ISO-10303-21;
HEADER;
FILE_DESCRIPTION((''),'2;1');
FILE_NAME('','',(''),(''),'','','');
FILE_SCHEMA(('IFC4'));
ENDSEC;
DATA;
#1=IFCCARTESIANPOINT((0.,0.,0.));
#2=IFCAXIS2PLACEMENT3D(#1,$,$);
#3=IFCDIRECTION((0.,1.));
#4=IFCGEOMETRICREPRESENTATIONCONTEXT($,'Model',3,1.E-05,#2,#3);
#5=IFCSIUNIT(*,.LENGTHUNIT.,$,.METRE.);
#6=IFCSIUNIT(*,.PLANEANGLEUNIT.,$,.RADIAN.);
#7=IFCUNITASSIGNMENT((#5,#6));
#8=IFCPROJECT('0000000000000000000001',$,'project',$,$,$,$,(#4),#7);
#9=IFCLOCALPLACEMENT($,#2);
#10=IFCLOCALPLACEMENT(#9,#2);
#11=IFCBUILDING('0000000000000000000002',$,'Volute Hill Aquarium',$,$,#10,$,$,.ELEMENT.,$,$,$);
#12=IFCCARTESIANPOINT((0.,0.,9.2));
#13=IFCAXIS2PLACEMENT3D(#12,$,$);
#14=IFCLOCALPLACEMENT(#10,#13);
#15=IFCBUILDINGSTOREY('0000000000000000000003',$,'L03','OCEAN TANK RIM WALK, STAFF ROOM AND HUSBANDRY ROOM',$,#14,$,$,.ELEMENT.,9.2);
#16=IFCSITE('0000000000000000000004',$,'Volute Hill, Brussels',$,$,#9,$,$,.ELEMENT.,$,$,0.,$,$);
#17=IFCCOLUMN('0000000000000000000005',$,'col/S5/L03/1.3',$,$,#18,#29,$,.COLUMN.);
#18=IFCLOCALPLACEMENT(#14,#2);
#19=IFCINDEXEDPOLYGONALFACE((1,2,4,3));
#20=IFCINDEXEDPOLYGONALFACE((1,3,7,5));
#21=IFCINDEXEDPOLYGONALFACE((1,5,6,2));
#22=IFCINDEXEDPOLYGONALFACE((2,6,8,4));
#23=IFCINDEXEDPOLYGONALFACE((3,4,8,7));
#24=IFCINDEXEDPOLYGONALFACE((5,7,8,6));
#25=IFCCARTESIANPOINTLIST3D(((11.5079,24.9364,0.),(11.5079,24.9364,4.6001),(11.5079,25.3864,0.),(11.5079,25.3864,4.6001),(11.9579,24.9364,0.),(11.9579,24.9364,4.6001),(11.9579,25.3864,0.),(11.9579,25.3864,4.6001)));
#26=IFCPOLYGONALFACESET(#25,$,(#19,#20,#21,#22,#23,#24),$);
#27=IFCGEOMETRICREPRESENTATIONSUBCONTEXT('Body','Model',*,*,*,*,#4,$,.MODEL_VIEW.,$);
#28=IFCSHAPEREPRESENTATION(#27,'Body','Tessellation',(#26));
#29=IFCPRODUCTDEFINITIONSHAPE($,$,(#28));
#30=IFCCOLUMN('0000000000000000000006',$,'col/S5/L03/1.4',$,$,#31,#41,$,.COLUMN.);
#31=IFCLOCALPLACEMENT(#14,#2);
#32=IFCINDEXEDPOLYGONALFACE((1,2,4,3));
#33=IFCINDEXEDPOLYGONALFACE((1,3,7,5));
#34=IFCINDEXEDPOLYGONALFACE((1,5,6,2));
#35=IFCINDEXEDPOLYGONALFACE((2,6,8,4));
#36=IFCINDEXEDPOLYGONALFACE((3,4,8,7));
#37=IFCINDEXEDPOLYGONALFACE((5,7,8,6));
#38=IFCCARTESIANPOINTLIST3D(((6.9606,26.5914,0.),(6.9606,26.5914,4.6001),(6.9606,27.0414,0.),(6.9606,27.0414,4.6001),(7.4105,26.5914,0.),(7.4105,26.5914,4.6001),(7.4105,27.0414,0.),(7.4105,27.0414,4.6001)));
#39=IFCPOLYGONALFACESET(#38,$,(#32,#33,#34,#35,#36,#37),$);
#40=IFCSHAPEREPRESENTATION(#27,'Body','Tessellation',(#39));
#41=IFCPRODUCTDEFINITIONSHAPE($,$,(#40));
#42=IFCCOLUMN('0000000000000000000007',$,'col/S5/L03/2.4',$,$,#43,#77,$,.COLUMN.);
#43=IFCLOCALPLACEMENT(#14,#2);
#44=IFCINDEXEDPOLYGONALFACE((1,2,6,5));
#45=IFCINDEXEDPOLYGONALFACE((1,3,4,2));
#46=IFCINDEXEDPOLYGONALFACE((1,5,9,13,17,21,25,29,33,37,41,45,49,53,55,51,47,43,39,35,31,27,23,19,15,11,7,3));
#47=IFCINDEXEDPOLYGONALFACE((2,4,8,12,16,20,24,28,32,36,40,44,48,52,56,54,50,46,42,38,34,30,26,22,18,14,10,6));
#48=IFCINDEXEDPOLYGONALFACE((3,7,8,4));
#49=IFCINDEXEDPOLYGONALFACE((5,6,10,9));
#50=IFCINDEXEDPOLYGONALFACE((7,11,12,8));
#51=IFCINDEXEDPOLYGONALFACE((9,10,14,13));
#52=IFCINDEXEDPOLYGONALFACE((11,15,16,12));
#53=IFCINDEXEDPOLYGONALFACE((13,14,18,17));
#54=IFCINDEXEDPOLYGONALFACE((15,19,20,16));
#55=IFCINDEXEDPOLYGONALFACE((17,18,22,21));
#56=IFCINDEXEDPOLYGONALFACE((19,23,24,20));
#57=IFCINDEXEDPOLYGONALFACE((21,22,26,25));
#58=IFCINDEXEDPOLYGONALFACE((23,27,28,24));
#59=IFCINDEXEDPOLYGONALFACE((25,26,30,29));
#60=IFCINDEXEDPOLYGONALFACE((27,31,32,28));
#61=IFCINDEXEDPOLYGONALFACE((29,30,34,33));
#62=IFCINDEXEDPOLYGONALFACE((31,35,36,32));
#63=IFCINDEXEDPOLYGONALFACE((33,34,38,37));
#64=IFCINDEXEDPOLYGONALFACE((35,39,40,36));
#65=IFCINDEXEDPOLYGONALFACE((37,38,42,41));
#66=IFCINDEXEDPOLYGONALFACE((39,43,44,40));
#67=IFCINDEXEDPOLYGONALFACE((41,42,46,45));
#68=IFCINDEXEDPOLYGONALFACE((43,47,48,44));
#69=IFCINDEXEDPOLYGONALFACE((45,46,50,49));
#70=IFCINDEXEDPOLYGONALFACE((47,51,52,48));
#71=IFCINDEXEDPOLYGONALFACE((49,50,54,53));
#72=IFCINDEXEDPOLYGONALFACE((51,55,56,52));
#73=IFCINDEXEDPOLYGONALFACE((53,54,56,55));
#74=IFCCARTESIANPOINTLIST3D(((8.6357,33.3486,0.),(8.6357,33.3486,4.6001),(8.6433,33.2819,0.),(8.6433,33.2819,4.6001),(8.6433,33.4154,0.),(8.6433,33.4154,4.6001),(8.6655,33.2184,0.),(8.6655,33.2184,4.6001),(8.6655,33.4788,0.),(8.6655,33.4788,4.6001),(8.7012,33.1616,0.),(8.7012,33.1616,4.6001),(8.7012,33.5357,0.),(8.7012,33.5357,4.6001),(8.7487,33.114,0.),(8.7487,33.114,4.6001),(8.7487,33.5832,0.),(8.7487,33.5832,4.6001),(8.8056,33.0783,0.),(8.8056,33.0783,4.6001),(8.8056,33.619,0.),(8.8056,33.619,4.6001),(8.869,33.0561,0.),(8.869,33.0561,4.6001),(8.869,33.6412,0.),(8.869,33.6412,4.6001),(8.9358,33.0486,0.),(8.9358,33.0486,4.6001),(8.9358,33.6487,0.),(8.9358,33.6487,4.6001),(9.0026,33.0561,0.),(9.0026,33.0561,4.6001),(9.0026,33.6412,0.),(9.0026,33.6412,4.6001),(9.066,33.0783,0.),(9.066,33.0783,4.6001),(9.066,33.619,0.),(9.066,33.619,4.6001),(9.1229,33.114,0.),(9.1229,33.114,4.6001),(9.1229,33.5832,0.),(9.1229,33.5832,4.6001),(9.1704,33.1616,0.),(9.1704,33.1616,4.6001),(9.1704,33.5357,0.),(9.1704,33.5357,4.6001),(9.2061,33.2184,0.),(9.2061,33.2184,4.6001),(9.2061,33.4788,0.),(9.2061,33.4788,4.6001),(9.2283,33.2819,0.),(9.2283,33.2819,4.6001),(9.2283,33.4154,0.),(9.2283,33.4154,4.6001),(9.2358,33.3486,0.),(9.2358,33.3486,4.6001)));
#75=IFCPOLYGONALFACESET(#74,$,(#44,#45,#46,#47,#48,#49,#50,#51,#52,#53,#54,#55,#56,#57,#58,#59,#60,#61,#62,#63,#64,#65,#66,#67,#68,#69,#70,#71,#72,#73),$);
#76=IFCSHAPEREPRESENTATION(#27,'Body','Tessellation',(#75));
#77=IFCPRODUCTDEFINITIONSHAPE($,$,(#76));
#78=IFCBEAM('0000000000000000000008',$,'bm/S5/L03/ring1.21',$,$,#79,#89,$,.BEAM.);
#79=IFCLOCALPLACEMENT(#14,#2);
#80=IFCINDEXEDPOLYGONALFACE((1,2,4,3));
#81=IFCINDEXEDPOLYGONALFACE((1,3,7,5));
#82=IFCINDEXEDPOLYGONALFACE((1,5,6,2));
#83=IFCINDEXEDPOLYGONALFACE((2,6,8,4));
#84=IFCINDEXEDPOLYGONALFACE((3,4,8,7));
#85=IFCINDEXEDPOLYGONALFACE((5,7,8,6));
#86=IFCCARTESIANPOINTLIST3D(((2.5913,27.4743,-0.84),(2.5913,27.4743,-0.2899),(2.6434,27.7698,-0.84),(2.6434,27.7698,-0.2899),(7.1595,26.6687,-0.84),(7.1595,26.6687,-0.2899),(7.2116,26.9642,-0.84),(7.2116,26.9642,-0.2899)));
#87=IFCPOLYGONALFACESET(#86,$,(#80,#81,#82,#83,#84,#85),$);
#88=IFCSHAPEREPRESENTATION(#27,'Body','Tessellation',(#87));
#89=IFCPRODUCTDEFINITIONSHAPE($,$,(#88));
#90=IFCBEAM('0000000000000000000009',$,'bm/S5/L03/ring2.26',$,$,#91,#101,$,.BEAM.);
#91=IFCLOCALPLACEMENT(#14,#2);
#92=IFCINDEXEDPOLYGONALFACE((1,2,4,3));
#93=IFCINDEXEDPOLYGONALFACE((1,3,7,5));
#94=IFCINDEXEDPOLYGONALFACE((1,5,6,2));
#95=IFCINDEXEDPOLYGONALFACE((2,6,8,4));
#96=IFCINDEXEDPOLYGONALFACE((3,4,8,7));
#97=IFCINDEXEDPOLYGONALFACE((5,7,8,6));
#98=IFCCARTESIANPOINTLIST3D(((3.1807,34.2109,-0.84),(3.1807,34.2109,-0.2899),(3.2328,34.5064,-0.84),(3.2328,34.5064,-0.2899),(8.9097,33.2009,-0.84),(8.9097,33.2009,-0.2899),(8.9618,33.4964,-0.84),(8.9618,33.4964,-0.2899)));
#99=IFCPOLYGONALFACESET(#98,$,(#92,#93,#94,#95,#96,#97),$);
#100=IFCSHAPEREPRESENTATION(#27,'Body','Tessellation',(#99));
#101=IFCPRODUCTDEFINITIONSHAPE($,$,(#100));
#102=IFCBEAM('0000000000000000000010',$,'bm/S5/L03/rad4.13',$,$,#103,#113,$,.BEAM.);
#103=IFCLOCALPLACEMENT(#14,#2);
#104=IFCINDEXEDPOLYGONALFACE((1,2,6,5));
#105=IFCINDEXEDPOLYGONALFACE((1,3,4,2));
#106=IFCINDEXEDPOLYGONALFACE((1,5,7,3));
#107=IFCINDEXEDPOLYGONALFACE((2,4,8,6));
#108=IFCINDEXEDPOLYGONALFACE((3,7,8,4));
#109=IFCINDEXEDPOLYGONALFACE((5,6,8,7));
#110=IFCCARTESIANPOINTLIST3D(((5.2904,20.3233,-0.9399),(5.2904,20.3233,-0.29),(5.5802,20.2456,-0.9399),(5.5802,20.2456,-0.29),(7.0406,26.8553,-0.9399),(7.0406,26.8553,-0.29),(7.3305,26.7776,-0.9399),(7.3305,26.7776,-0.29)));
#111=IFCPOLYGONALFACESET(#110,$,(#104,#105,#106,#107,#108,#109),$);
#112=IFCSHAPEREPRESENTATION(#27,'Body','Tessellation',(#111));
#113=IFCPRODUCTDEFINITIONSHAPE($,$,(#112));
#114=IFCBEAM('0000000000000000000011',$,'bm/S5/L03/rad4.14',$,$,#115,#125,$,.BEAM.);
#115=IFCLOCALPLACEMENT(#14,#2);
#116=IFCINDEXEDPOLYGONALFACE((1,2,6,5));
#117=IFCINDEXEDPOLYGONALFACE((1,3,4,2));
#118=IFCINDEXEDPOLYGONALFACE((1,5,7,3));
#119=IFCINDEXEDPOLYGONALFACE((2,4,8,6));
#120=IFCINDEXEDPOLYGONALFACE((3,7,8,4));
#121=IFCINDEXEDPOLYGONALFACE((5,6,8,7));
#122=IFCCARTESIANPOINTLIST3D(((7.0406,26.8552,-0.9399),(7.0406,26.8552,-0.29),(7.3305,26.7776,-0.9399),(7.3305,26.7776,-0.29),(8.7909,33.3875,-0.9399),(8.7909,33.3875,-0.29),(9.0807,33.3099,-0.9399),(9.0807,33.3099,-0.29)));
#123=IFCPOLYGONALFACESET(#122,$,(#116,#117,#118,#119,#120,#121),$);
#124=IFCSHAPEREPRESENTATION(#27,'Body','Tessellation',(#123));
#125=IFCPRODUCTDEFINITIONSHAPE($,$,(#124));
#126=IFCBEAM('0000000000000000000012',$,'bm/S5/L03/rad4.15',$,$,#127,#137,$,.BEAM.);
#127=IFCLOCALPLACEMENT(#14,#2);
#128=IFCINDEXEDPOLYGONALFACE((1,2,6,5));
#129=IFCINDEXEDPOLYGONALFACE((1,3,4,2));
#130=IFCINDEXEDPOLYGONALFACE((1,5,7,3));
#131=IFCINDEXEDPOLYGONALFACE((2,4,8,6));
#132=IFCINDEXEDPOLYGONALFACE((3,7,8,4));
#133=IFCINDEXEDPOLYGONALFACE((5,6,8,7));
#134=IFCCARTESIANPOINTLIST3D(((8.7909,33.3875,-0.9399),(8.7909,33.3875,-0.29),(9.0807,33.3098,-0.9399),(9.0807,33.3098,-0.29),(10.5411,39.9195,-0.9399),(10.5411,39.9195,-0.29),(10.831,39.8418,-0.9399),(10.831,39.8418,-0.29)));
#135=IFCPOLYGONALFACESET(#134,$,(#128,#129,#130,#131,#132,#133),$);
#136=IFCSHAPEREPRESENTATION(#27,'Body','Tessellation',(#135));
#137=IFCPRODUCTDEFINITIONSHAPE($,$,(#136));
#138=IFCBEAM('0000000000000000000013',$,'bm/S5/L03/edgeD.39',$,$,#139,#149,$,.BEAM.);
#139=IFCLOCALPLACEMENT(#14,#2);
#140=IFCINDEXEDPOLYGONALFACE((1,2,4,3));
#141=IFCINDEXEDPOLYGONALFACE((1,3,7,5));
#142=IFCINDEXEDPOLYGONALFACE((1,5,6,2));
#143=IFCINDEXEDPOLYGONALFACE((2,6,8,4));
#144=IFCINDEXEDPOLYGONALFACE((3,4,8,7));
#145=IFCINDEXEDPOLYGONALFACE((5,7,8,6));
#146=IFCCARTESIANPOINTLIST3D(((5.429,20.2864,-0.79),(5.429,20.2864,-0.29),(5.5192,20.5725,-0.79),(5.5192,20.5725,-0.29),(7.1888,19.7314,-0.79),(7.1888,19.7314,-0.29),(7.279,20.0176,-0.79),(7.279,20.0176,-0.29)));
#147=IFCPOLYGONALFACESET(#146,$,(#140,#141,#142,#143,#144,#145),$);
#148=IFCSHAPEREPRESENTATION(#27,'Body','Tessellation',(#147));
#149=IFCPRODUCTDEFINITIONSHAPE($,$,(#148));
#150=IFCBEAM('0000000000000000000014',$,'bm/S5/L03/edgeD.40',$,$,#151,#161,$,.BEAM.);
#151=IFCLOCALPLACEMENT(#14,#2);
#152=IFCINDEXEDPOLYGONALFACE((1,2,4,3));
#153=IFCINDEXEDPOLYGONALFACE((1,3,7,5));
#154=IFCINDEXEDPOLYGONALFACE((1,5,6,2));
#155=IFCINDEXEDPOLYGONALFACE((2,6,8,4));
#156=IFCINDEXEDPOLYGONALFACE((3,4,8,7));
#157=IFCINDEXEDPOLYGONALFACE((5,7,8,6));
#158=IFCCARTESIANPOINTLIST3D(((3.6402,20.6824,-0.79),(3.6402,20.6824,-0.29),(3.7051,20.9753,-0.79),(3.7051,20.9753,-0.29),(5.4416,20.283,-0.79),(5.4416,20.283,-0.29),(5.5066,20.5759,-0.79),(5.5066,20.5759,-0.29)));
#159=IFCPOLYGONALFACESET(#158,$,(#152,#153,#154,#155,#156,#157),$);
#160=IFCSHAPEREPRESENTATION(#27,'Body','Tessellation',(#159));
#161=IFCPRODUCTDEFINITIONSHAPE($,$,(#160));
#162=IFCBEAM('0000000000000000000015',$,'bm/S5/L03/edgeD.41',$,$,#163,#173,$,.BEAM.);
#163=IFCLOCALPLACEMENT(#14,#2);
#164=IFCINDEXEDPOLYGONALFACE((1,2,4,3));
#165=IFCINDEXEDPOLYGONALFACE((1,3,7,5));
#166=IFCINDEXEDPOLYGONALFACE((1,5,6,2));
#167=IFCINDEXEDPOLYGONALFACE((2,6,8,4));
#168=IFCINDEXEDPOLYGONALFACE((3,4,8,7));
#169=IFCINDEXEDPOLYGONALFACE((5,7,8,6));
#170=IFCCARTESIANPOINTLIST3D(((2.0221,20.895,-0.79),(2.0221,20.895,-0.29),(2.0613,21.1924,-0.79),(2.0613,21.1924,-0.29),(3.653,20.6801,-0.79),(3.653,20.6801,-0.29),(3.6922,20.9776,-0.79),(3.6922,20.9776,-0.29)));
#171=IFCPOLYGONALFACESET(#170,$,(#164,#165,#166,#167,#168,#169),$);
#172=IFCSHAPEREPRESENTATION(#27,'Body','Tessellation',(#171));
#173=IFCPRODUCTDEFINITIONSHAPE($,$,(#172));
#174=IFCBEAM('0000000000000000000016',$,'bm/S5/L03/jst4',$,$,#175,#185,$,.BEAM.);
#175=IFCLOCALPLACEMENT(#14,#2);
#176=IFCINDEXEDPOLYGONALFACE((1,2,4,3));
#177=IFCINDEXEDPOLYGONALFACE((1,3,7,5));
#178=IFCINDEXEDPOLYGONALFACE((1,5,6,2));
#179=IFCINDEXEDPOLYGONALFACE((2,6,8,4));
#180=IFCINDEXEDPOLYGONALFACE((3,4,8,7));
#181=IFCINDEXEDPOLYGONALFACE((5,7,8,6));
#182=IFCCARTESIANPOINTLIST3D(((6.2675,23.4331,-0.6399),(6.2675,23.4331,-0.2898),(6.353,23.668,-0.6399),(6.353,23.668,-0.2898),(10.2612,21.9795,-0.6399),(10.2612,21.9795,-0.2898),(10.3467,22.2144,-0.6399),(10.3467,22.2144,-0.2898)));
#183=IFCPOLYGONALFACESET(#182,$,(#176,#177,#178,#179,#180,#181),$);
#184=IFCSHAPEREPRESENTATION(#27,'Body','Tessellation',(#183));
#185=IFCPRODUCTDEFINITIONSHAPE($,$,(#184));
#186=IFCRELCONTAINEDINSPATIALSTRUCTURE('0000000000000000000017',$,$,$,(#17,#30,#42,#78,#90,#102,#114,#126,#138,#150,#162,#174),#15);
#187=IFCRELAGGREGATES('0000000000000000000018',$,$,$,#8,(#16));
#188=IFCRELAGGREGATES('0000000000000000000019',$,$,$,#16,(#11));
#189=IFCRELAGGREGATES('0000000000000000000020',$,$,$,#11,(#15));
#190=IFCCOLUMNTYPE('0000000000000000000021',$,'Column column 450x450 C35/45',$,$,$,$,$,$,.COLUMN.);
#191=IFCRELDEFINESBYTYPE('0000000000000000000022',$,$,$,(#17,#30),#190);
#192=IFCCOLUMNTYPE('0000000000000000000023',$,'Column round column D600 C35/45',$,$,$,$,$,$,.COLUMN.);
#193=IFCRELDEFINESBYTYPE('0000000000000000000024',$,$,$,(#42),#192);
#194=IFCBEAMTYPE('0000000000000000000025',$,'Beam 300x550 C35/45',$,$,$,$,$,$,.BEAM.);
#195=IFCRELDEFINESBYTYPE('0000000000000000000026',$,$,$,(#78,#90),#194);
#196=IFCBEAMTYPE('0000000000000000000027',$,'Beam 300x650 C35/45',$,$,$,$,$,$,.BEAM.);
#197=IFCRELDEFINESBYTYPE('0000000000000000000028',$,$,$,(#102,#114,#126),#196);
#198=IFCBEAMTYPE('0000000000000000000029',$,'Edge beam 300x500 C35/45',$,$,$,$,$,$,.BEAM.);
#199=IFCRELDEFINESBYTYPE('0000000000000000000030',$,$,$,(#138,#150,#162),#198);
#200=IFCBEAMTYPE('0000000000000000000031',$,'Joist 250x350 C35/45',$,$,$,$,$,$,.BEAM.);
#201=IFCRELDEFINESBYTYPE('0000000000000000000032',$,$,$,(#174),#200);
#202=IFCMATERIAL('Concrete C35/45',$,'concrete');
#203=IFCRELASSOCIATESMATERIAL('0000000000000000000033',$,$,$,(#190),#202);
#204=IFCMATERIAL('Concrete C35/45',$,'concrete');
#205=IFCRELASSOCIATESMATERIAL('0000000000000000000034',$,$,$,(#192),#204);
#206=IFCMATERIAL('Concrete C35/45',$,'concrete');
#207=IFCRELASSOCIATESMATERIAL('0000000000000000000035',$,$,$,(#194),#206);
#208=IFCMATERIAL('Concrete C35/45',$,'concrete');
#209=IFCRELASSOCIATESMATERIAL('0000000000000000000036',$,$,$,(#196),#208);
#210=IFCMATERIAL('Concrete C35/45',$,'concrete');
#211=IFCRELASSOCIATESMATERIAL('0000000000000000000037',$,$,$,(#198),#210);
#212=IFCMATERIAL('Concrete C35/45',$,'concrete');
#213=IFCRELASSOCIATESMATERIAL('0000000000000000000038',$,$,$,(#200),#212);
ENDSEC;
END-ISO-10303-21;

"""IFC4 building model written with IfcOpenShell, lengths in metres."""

from ifc_helpers import new_model, si_unit, direction, frame, origin, origin_2d, place, context, subcontext, project, spatial, rectangle, circle, extrude, material, material_profile, profile_set, type_object, element, save


model = new_model("IFC4")

# Units and contexts
model_context = context("Model", 3, precision=1e-05, world=origin(), true_north=direction((0.0, 1.0)))
body_context = subcontext(model_context, "Body", "Model", "MODEL_VIEW")
ifc_project = project(units=[si_unit("LENGTHUNIT", "METRE"), si_unit("PLANEANGLEUNIT", "RADIAN")], contexts=[model_context])

# Site, building, storey
site_placement = place(None, origin())
site = spatial("IfcSite", under=ifc_project, at=site_placement, Name="Volute Hill, Brussels", CompositionType="ELEMENT", RefElevation=0.0)
building_placement = place(site_placement, origin())
building = spatial("IfcBuilding", under=site, at=building_placement, Name="Volute Hill Aquarium", CompositionType="ELEMENT")
storey_placement = place(building_placement, frame((0.0, 0.0, 9.2)))
storey = spatial("IfcBuildingStorey", under=building, at=storey_placement, Name="L03", Description="OCEAN TANK RIM WALK, STAFF ROOM AND HUSBANDRY ROOM", CompositionType="ELEMENT", Elevation=9.2)

# Columns
ifc_material_1 = material(Name="Concrete C35/45", Category="concrete")
ifc_material_profile_1 = material_profile(ifc_material_1, rectangle(XDim=0.45, YDim=0.45, at=origin_2d()), Name="RC column 450x450")
ifc_profile_set_1 = profile_set([ifc_material_profile_1], Name="Concrete C35/45")
column_type_1 = type_object("IfcColumnType", Name="Column column 450x450 C35/45", PredefinedType="COLUMN", material=ifc_profile_set_1)
for number, where, z_axis, x_axis, name in (
    (1, (11.7329, 25.1614, 0.0), (0.0, 0.0, 1.0), (1.0, 0.0, 0.0), "col/S5/L03/1.3"),
    (2, (7.1855, 26.8164, 0.0), (0.0, 0.0, 1.0), (1.0, 0.0, 0.0), "col/S5/L03/1.4"),
):
    element("IfcColumn", number, at=place(storey_placement, frame(where, z_axis=z_axis, x_axis=x_axis)), inside=storey, type_object=column_type_1, Name=name, PredefinedType="COLUMN", context=body_context, shape_type="SweptSolid", body=[
        extrude(rectangle(XDim=0.45, YDim=0.45, at=origin_2d()), origin(), (0.0, 0.0, 1.0), 4.6001),
    ])
ifc_material_2 = material(Name="Concrete C35/45", Category="concrete")
ifc_material_profile_2 = material_profile(ifc_material_2, circle(Radius=0.3, at=origin_2d()), Name="RC round column D600")
ifc_profile_set_2 = profile_set([ifc_material_profile_2], Name="Concrete C35/45")
column_type_2 = type_object("IfcColumnType", Name="Column round column D600 C35/45", PredefinedType="COLUMN", material=ifc_profile_set_2)
column_placement = place(storey_placement, frame((8.9358, 33.3486, 0.0), z_axis=(0.0, 0.0, 1.0), x_axis=(1.0, 0.0, 0.0)))
element("IfcColumn", 3, at=column_placement, inside=storey, type_object=column_type_2, Name="col/S5/L03/2.4", PredefinedType="COLUMN", context=body_context, shape_type="SweptSolid", body=[
    extrude(circle(Radius=0.3, at=origin_2d()), origin(), (0.0, 0.0, 1.0), 4.6001),
])

# Beams
ifc_material_3 = material(Name="Concrete C35/45", Category="concrete")
ifc_material_profile_3 = material_profile(ifc_material_3, rectangle(XDim=0.3, YDim=0.55, at=origin_2d()), Name="RC beam 300x550")
ifc_profile_set_3 = profile_set([ifc_material_profile_3], Name="Concrete C35/45")
beam_type_1 = type_object("IfcBeamType", Name="Beam 300x550 C35/45", PredefinedType="BEAM", material=ifc_profile_set_3)
beam_1_placement = place(storey_placement, frame((7.1855, 26.8164, -0.5649), z_axis=(-0.984801, 0.173686, 0.0), x_axis=(-0.173686, -0.984801, 0.0)))
element("IfcBeam", 4, at=beam_1_placement, inside=storey, type_object=beam_type_1, Name="bm/S5/L03/ring1.21", PredefinedType="BEAM", context=body_context, shape_type="SweptSolid", body=[
    extrude(rectangle(XDim=0.3, YDim=0.55, at=origin_2d()), origin(), (0.0, 0.0, 1.0), 4.6387),
])
beam_2_placement = place(storey_placement, frame((8.9358, 33.3486, -0.5649), z_axis=(-0.984813, 0.17362, 0.0), x_axis=(-0.17362, -0.984813, 0.0)))
element("IfcBeam", 5, at=beam_2_placement, inside=storey, type_object=beam_type_1, Name="bm/S5/L03/ring2.26", PredefinedType="BEAM", context=body_context, shape_type="SweptSolid", body=[
    extrude(rectangle(XDim=0.3, YDim=0.55, at=origin_2d()), origin(), (0.0, 0.0, 1.0), 5.8174),
])
ifc_material_4 = material(Name="Concrete C35/45", Category="concrete")
ifc_material_profile_4 = material_profile(ifc_material_4, rectangle(XDim=0.3, YDim=0.6499, at=origin_2d()), Name="RC beam 300x650")
ifc_profile_set_4 = profile_set([ifc_material_profile_4], Name="Concrete C35/45")
beam_type_2 = type_object("IfcBeamType", Name="Beam 300x650 C35/45", PredefinedType="BEAM", material=ifc_profile_set_4)
beam_3_placement = place(storey_placement, frame((5.4353, 20.2844, -0.615), z_axis=(0.25882, 0.965926, 0.0), x_axis=(-0.965926, 0.25882, 0.0)))
element("IfcBeam", 6, at=beam_3_placement, inside=storey, type_object=beam_type_2, Name="bm/S5/L03/rad4.13", PredefinedType="BEAM", context=body_context, shape_type="SweptSolid", body=[
    extrude(rectangle(XDim=0.3, YDim=0.6499, at=origin_2d()), origin(), (0.0, 0.0, 1.0), 6.7625),
])
beam_4_placement = place(storey_placement, frame((7.1855, 26.8164, -0.615), z_axis=(0.258811, 0.965928, 0.0), x_axis=(-0.965928, 0.258811, 0.0)))
element("IfcBeam", 7, at=beam_4_placement, inside=storey, type_object=beam_type_2, Name="bm/S5/L03/rad4.14", PredefinedType="BEAM", context=body_context, shape_type="SweptSolid", body=[
    extrude(rectangle(XDim=0.3, YDim=0.6499, at=origin_2d()), origin(), (0.0, 0.0, 1.0), 6.7627),
])
beam_5_placement = place(storey_placement, frame((8.9358, 33.3486, -0.615), z_axis=(0.25882, 0.965926, 0.0), x_axis=(-0.965926, 0.25882, 0.0)))
element("IfcBeam", 8, at=beam_5_placement, inside=storey, type_object=beam_type_2, Name="bm/S5/L03/rad4.15", PredefinedType="BEAM", context=body_context, shape_type="SweptSolid", body=[
    extrude(rectangle(XDim=0.3, YDim=0.6499, at=origin_2d()), origin(), (0.0, 0.0, 1.0), 6.7625),
])
ifc_material_5 = material(Name="Concrete C35/45", Category="concrete")
ifc_material_profile_5 = material_profile(ifc_material_5, rectangle(XDim=0.3, YDim=0.5, at=origin_2d()), Name="RC edge beam 300x500")
ifc_profile_set_5 = profile_set([ifc_material_profile_5], Name="Concrete C35/45")
beam_type_3 = type_object("IfcBeamType", Name="Edge beam 300x500 C35/45", PredefinedType="BEAM", material=ifc_profile_set_5)
for number, where, z_axis, x_axis, name in (
    (9, (7.2339, 19.8745, -0.54), (-0.953705, 0.300745, 0.0), (-0.300745, -0.953705, 0.0), "bm/S5/L03/edgeD.39"),
    (10, (5.4741, 20.4294, -0.54), (-0.976293, 0.216454, 0.0), (-0.216454, -0.976293, 0.0), "bm/S5/L03/edgeD.40"),
):
    element("IfcBeam", number, at=place(storey_placement, frame(where, z_axis=z_axis, x_axis=x_axis)), inside=storey, type_object=beam_type_3, Name=name, PredefinedType="BEAM", context=body_context, shape_type="SweptSolid", body=[
        extrude(rectangle(XDim=0.3, YDim=0.5, at=origin_2d()), origin(), (0.0, 0.0, 1.0), 1.8452),
    ])
beam_6_placement = place(storey_placement, frame((3.6726, 20.8289, -0.54), z_axis=(-0.991434, 0.130608, 0.0), x_axis=(-0.130608, -0.991434, 0.0)))
element("IfcBeam", 11, at=beam_6_placement, inside=storey, type_object=beam_type_3, Name="bm/S5/L03/edgeD.41", PredefinedType="BEAM", context=body_context, shape_type="SweptSolid", body=[
    extrude(rectangle(XDim=0.3, YDim=0.5, at=origin_2d()), origin(), (0.0, 0.0, 1.0), 1.645),
])
ifc_material_6 = material(Name="Concrete C35/45", Category="concrete")
ifc_material_profile_6 = material_profile(ifc_material_6, rectangle(XDim=0.25, YDim=0.3501, at=origin_2d()), Name="RC joist 250x350")
ifc_profile_set_6 = profile_set([ifc_material_profile_6], Name="Concrete C35/45")
beam_type_4 = type_object("IfcBeamType", Name="Joist 250x350 C35/45", PredefinedType="BEAM", material=ifc_profile_set_6)
beam_7_placement = place(storey_placement, frame((10.304, 22.0969, -0.4648), z_axis=(-0.939689, 0.342029, 0.0), x_axis=(-0.342029, -0.939689, 0.0)))
element("IfcBeam", 12, at=beam_7_placement, inside=storey, type_object=beam_type_4, Name="bm/S5/L03/jst4", PredefinedType="BEAM", context=body_context, shape_type="SweptSolid", body=[
    extrude(rectangle(XDim=0.25, YDim=0.3501, at=origin_2d()), origin(), (0.0, 0.0, 1.0), 4.25),
])

save(model, "model.ifc")
